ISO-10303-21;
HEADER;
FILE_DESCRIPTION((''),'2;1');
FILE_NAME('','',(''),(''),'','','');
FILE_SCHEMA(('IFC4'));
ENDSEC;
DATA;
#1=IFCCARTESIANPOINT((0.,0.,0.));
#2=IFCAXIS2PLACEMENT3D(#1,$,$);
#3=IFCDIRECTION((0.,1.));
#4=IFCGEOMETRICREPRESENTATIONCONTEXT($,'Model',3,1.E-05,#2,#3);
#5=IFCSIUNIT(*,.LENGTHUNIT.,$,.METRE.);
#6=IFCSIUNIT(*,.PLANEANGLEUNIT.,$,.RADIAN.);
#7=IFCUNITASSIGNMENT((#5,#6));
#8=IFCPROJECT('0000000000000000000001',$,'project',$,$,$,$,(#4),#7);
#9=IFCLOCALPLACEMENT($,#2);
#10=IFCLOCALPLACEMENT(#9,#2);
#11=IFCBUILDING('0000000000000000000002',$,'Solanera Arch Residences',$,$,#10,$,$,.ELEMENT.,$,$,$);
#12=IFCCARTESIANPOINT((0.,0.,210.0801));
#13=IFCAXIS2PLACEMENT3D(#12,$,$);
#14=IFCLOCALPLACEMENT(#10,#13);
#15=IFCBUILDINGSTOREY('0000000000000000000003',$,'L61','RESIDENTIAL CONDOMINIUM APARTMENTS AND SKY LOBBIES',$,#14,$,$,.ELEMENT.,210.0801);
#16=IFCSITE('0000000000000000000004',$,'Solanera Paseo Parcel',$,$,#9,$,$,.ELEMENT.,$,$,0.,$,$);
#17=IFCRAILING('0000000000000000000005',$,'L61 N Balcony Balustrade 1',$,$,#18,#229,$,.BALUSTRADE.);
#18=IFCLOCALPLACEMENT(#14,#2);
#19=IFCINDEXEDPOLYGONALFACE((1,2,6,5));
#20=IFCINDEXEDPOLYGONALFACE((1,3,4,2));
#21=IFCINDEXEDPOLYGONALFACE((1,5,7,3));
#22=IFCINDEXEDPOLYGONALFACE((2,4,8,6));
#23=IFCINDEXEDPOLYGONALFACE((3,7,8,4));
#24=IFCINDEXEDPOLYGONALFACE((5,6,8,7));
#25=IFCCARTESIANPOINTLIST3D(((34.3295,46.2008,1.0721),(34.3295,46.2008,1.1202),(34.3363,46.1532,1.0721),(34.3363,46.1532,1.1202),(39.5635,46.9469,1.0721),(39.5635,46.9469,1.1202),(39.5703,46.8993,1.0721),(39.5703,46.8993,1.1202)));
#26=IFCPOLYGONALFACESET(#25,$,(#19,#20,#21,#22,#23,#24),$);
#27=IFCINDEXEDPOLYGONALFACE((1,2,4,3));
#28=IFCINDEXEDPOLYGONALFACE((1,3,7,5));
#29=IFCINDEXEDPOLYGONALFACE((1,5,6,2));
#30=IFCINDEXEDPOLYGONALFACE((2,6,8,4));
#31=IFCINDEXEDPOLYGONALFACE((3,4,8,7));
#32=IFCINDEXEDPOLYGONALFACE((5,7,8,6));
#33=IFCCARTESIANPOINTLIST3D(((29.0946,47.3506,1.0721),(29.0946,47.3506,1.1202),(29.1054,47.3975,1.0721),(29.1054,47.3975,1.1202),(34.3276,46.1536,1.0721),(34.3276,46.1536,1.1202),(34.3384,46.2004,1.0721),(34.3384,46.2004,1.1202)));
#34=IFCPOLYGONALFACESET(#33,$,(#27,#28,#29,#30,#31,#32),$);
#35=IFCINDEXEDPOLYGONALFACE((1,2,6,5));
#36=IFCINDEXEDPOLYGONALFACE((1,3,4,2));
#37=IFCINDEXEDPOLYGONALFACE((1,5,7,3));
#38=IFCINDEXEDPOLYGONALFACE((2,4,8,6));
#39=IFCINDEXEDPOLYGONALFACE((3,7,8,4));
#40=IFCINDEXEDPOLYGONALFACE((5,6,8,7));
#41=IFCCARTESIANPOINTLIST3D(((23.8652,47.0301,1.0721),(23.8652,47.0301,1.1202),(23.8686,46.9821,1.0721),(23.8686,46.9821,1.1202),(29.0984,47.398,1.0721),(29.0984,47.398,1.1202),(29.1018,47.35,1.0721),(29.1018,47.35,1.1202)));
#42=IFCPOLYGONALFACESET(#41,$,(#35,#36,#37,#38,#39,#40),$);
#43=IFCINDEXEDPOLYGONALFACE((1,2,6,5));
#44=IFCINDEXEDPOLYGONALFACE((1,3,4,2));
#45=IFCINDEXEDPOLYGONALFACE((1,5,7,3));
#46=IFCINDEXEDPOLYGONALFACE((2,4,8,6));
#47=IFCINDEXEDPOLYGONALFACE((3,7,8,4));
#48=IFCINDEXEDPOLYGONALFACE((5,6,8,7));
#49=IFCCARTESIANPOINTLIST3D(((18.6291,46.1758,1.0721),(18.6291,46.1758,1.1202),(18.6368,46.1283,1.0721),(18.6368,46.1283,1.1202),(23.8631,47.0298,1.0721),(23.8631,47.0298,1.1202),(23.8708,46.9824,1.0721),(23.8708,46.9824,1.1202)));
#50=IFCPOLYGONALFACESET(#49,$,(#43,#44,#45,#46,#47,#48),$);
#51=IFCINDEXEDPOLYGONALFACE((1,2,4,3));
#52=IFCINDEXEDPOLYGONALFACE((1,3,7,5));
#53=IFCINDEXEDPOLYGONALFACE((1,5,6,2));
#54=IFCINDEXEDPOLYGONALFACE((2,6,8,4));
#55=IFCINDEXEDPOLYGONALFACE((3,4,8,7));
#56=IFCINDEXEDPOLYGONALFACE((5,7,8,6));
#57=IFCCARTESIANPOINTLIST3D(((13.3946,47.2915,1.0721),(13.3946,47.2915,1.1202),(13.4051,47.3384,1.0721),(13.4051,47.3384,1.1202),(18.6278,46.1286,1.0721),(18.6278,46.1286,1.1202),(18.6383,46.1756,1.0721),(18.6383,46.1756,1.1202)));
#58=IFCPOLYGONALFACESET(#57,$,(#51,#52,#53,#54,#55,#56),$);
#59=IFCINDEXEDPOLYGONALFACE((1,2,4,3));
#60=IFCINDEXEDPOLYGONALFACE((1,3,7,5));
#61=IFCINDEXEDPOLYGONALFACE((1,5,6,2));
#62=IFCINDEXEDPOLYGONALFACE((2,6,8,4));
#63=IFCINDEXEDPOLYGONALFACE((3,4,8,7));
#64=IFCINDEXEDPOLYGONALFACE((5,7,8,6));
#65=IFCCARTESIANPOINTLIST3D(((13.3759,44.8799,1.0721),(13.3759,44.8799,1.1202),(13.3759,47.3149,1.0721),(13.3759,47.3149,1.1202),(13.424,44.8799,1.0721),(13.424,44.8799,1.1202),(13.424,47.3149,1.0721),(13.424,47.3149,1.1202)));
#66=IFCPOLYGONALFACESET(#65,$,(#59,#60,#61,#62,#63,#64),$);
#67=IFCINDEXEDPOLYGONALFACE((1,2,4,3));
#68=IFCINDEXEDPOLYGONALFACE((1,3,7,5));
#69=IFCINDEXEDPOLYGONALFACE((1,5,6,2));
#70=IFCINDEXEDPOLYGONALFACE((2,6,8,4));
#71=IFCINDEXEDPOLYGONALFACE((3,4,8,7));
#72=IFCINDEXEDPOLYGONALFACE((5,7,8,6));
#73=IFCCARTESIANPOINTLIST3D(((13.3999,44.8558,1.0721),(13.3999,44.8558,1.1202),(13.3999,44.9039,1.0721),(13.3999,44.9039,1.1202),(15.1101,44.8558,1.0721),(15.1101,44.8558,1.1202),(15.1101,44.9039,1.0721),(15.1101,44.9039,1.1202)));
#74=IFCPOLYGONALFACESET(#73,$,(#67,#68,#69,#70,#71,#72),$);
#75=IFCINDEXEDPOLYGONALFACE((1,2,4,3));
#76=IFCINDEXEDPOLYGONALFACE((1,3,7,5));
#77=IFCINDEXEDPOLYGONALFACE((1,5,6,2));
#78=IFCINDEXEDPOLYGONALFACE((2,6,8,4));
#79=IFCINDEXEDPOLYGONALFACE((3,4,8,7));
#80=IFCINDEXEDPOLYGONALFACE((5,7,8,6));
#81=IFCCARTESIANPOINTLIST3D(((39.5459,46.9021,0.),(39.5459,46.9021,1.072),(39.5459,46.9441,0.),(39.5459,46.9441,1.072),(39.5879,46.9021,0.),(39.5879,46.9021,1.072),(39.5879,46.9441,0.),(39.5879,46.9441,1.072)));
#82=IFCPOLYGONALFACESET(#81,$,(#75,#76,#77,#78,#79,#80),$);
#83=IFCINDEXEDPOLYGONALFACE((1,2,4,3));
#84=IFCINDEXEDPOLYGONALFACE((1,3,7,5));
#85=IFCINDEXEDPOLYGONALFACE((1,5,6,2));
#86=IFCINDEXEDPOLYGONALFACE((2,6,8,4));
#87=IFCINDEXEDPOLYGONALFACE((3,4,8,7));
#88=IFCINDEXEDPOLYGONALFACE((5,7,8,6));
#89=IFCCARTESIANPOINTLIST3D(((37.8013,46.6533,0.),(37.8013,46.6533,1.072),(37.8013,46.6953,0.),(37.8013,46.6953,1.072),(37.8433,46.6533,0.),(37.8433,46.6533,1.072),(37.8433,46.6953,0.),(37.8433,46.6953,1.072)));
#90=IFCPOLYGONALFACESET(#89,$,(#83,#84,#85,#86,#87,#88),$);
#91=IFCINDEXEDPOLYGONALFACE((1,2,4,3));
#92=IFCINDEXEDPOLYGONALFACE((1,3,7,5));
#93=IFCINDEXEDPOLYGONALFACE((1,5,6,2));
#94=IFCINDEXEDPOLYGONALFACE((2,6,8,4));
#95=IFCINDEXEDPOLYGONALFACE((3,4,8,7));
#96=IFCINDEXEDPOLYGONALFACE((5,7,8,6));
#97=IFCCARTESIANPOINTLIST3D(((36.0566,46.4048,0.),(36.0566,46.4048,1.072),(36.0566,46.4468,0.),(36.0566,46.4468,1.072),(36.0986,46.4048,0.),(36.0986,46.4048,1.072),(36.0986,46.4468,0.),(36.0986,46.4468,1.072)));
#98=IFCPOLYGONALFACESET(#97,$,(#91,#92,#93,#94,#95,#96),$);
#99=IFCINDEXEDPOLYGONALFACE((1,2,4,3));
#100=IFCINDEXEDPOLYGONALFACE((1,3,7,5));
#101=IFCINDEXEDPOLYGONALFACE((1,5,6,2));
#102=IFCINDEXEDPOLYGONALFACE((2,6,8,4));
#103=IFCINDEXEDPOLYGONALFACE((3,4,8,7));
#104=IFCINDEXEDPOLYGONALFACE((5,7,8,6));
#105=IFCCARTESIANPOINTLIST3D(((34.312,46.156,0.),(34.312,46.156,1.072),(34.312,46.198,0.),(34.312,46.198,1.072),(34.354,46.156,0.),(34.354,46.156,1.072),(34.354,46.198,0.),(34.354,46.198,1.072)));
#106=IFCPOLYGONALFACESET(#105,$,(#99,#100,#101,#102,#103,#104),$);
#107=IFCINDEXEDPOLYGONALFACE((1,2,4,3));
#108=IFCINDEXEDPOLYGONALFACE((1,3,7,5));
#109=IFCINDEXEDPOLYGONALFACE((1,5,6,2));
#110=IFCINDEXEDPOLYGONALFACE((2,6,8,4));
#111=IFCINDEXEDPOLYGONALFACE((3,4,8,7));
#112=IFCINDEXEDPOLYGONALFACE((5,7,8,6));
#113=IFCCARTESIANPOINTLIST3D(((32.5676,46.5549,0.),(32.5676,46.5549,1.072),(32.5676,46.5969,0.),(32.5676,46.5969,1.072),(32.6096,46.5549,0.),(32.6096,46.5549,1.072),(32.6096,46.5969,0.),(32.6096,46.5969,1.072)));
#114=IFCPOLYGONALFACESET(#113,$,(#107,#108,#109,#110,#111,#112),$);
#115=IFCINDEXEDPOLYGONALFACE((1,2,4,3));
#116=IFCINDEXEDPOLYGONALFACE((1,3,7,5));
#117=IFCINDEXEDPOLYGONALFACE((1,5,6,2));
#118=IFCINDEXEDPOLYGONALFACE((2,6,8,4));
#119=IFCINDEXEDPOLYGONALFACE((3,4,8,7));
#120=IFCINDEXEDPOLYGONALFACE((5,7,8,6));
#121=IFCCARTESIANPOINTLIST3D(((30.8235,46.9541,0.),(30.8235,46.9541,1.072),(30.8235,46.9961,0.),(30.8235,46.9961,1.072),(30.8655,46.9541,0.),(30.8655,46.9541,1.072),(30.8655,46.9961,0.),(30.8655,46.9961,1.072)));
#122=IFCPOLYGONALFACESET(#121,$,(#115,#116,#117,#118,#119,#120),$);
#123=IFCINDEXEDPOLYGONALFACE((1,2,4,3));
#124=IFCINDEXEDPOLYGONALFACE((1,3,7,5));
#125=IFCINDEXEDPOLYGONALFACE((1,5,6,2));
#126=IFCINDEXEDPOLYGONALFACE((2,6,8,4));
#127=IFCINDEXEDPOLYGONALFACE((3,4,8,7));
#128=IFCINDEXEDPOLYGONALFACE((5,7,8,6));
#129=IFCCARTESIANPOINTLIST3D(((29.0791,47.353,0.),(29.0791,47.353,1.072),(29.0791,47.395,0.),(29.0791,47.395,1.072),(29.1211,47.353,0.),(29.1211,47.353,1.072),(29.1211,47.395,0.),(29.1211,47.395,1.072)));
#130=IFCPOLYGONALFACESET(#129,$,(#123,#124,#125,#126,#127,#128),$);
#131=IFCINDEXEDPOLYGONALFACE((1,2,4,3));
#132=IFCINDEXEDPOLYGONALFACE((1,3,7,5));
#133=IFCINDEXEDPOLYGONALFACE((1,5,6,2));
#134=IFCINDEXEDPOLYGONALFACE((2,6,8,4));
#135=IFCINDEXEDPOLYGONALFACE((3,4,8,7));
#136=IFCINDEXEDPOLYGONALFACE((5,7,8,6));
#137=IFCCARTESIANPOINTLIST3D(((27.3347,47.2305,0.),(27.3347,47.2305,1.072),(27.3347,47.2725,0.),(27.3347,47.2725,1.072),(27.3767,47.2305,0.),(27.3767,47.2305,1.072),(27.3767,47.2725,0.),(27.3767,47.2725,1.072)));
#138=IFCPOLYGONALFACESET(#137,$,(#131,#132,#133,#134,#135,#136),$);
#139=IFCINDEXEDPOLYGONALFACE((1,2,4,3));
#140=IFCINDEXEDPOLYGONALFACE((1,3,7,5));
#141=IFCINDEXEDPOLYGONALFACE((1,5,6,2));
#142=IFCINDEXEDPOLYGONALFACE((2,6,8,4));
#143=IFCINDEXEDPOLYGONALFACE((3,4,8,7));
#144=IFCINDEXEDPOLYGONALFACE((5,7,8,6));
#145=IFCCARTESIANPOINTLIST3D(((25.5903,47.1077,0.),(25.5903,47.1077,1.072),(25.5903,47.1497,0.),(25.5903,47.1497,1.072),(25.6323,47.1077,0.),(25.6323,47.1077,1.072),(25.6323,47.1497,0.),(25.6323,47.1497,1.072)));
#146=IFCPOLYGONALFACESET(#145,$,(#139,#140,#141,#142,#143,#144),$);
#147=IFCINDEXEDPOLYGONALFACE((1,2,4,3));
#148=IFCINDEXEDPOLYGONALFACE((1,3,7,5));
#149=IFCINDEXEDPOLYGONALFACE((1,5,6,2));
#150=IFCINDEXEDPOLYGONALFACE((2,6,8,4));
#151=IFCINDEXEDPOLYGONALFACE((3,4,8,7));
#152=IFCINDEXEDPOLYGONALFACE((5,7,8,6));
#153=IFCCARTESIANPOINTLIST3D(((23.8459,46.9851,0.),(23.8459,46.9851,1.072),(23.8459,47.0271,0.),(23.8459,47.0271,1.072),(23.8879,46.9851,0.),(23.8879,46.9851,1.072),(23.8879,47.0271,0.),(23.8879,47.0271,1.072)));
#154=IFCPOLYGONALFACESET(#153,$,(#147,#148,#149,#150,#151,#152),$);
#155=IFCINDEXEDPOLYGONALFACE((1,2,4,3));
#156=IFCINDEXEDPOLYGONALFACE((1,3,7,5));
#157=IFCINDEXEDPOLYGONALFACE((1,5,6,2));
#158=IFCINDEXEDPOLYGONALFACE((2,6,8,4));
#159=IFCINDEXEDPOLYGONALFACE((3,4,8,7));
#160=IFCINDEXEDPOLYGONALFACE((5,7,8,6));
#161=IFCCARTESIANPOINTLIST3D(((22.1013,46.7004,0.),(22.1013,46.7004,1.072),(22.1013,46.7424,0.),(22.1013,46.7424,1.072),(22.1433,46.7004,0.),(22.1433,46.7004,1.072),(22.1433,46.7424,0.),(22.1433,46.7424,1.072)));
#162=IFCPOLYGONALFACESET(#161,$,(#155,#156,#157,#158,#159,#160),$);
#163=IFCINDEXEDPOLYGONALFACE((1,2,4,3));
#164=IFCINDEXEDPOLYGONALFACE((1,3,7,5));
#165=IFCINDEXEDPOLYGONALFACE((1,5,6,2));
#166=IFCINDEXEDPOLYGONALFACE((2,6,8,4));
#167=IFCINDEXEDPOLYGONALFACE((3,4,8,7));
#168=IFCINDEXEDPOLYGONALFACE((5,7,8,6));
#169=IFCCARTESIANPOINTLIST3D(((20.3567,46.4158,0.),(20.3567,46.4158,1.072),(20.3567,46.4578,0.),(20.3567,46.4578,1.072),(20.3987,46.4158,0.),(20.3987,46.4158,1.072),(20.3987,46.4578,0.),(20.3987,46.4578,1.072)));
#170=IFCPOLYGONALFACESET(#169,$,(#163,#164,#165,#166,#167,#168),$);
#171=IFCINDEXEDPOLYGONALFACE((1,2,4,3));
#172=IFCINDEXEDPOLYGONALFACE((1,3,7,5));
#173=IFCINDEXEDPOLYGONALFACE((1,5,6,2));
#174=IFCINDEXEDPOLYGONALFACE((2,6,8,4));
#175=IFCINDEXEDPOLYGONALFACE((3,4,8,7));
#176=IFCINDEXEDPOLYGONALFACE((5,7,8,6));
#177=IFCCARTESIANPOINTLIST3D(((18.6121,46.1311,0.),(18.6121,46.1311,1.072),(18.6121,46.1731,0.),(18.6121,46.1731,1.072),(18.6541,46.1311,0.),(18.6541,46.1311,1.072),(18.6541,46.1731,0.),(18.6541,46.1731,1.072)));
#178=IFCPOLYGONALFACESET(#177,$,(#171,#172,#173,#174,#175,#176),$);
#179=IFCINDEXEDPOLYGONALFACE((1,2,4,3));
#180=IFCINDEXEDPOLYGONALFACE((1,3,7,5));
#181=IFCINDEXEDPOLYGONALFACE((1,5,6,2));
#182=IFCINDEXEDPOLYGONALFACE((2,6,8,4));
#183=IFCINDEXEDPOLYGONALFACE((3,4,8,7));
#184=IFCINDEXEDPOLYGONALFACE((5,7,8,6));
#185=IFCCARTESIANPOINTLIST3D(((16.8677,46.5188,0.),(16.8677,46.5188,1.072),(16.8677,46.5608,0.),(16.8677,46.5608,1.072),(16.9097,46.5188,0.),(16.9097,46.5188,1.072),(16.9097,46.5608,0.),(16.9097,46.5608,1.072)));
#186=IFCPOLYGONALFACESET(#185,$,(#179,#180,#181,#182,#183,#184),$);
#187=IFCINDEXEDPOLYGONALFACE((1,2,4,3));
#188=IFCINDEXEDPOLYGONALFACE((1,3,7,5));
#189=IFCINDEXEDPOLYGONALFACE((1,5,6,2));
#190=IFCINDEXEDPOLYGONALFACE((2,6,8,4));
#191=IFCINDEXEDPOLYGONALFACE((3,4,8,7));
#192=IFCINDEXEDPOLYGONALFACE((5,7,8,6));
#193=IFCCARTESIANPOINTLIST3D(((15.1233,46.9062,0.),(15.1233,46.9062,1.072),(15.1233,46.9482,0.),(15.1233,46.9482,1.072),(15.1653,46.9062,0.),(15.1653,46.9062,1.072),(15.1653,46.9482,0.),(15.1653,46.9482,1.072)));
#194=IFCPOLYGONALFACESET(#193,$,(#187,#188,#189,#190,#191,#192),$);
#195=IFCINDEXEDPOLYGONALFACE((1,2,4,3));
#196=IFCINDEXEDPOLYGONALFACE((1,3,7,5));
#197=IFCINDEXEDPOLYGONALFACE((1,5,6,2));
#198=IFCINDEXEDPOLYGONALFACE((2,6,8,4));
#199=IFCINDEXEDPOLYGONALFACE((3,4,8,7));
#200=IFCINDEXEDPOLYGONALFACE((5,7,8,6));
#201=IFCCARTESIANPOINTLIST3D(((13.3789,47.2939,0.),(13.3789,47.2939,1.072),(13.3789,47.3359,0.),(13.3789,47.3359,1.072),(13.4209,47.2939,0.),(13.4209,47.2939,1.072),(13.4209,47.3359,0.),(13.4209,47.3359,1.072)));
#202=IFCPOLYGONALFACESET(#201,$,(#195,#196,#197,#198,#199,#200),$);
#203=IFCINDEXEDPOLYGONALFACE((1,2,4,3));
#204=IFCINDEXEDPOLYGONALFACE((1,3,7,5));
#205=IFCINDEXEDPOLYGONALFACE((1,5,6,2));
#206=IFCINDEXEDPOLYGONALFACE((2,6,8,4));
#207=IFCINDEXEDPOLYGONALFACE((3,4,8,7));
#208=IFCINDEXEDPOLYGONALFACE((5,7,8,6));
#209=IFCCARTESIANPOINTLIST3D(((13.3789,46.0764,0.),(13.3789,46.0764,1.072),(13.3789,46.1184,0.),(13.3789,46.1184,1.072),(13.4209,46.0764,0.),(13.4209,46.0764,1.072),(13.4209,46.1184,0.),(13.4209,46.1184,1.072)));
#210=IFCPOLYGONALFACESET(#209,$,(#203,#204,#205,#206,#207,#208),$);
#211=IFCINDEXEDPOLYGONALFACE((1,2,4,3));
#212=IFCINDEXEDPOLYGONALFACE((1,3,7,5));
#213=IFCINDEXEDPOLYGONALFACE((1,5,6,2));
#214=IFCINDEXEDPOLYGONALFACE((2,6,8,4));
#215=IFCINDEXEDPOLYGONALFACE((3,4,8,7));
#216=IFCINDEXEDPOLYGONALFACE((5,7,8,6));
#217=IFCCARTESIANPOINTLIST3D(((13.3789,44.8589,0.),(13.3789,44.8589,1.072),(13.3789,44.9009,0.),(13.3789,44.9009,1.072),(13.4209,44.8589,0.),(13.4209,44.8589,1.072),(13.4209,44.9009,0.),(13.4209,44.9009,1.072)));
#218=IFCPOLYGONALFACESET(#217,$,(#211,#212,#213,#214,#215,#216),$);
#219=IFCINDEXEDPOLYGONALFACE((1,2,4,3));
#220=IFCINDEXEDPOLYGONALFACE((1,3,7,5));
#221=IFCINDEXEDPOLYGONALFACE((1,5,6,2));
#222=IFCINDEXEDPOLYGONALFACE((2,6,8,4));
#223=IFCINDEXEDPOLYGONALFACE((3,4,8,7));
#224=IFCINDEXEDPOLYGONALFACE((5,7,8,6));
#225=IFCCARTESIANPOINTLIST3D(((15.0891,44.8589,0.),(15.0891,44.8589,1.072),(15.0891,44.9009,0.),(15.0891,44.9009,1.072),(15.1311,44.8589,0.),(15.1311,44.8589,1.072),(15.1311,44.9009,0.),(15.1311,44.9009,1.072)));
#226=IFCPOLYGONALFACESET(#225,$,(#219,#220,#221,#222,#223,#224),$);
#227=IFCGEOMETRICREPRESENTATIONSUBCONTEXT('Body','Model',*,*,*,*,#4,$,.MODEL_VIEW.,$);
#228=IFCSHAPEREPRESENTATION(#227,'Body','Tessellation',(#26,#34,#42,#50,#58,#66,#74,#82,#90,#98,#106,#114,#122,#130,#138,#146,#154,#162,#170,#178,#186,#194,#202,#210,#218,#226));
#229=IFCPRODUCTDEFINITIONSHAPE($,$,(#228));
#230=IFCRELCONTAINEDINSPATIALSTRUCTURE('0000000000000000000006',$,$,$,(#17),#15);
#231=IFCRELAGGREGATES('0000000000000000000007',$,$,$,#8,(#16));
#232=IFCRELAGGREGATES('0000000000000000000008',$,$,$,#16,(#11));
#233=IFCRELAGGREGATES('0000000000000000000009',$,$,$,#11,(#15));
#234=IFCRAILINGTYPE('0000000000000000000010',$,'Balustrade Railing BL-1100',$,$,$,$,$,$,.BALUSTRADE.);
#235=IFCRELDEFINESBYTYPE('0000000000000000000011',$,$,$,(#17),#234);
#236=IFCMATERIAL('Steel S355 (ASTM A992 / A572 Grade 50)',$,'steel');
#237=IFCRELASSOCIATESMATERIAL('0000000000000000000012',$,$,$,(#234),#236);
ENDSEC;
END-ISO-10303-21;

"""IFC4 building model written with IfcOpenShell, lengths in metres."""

from ifc_helpers import new_model, si_unit, direction, frame, origin, origin_2d, place, context, subcontext, project, spatial, rectangle, extrude, material, type_object, element, save


model = new_model("IFC4")

# Units and contexts
model_context = context("Model", 3, precision=1e-05, world=origin(), true_north=direction((0.0, 1.0)))
body_context = subcontext(model_context, "Body", "Model", "MODEL_VIEW")
ifc_project = project(units=[si_unit("LENGTHUNIT", "METRE"), si_unit("PLANEANGLEUNIT", "RADIAN")], contexts=[model_context])

# Site, building, storey
site_placement = place(None, origin())
site = spatial("IfcSite", under=ifc_project, at=site_placement, Name="Solanera Paseo Parcel", CompositionType="ELEMENT", RefElevation=0.0)
building_placement = place(site_placement, origin())
building = spatial("IfcBuilding", under=site, at=building_placement, Name="Solanera Arch Residences", CompositionType="ELEMENT")
storey_placement = place(building_placement, frame((0.0, 0.0, 210.0801)))
storey = spatial("IfcBuildingStorey", under=building, at=storey_placement, Name="L61", Description="RESIDENTIAL CONDOMINIUM APARTMENTS AND SKY LOBBIES", CompositionType="ELEMENT", Elevation=210.0801)

# Railing
ifc_material_1 = material(Name="Steel S355 (ASTM A992 / A572 Grade 50)", Category="steel")
railing_type = type_object("IfcRailingType", Name="Balustrade Railing BL-1100", PredefinedType="BALUSTRADE", material=ifc_material_1)
railing_placement = place(storey_placement, frame((39.5669, 46.9231, 0.0)))
element("IfcRailing", 1, at=railing_placement, inside=storey, type_object=railing_type, Name="L61 N Balcony Balustrade 1", PredefinedType="BALUSTRADE", context=body_context, shape_type="SweptSolid", body=[
    extrude(rectangle(XDim=0.0481, YDim=0.0481, at=origin_2d()), frame((0.0, 0.0, 1.0962), z_axis=(-0.989992, -0.141124, 0.0), x_axis=(0.141124, -0.989992, 0.0)), (0.0, 0.0, 1.0), 5.2869),
    extrude(rectangle(XDim=0.0481, YDim=0.0481, at=origin_2d()), frame((-5.2339, -0.7461, 1.0962), z_axis=(-0.974821, 0.222989, 0.0), x_axis=(-0.222989, -0.974821, 0.0)), (0.0, 0.0, 1.0), 5.3682),
    extrude(rectangle(XDim=0.0481, YDim=0.0481, at=origin_2d()), frame((-10.4668, 0.4509, 1.0962), z_axis=(-0.997538, -0.070132, 0.0), x_axis=(0.070132, -0.997538, 0.0)), (0.0, 0.0, 1.0), 5.2461),
    extrude(rectangle(XDim=0.0481, YDim=0.0481, at=origin_2d()), frame((-15.7, 0.083, 1.0962), z_axis=(-0.986948, -0.161039, 0.0), x_axis=(0.161039, -0.986948, 0.0)), (0.0, 0.0, 1.0), 5.3032),
    extrude(rectangle(XDim=0.0481, YDim=0.0481, at=origin_2d()), frame((-20.9338, -0.771, 1.0962), z_axis=(-0.97619, 0.216916, 0.0), x_axis=(-0.216916, -0.97619, 0.0)), (0.0, 0.0, 1.0), 5.3608),
    extrude(rectangle(XDim=0.0481, YDim=0.0481, at=origin_2d()), frame((-26.167, 0.3918, 1.0962), z_axis=(0.0, -1.0, 0.0), x_axis=(1.0, 0.0, 0.0)), (0.0, 0.0, 1.0), 2.4351),
    extrude(rectangle(XDim=0.0481, YDim=0.0481, at=origin_2d()), frame((-26.167, -2.0432, 1.0962), z_axis=(1.0, 0.0, 0.0), x_axis=(0.0, 1.0, 0.0)), (0.0, 0.0, 1.0), 1.7102),
    extrude(rectangle(XDim=0.042, YDim=0.042, at=origin_2d()), origin(), (0.0, 0.0, 1.0), 1.072),
    extrude(rectangle(XDim=0.042, YDim=0.042, at=origin_2d()), frame((-1.7446, -0.2488, 0.0)), (0.0, 0.0, 1.0), 1.072),
    extrude(rectangle(XDim=0.042, YDim=0.042, at=origin_2d()), frame((-3.4893, -0.4973, 0.0)), (0.0, 0.0, 1.0), 1.072),
    extrude(rectangle(XDim=0.042, YDim=0.042, at=origin_2d()), frame((-5.2339, -0.7461, 0.0)), (0.0, 0.0, 1.0), 1.072),
    extrude(rectangle(XDim=0.042, YDim=0.042, at=origin_2d()), frame((-6.9783, -0.3472, 0.0)), (0.0, 0.0, 1.0), 1.072),
    extrude(rectangle(XDim=0.042, YDim=0.042, at=origin_2d()), frame((-8.7224, 0.052, 0.0)), (0.0, 0.0, 1.0), 1.072),
    extrude(rectangle(XDim=0.042, YDim=0.042, at=origin_2d()), frame((-10.4668, 0.4509, 0.0)), (0.0, 0.0, 1.0), 1.072),
    extrude(rectangle(XDim=0.042, YDim=0.042, at=origin_2d()), frame((-12.2112, 0.3284, 0.0)), (0.0, 0.0, 1.0), 1.072),
    extrude(rectangle(XDim=0.042, YDim=0.042, at=origin_2d()), frame((-13.9556, 0.2056, 0.0)), (0.0, 0.0, 1.0), 1.072),
    extrude(rectangle(XDim=0.042, YDim=0.042, at=origin_2d()), frame((-15.7, 0.083, 0.0)), (0.0, 0.0, 1.0), 1.072),
    extrude(rectangle(XDim=0.042, YDim=0.042, at=origin_2d()), frame((-17.4446, -0.2017, 0.0)), (0.0, 0.0, 1.0), 1.072),
    extrude(rectangle(XDim=0.042, YDim=0.042, at=origin_2d()), frame((-19.1892, -0.4863, 0.0)), (0.0, 0.0, 1.0), 1.072),
    extrude(rectangle(XDim=0.042, YDim=0.042, at=origin_2d()), frame((-20.9338, -0.771, 0.0)), (0.0, 0.0, 1.0), 1.072),
    extrude(rectangle(XDim=0.042, YDim=0.042, at=origin_2d()), frame((-22.6782, -0.3833, 0.0)), (0.0, 0.0, 1.0), 1.072),
    extrude(rectangle(XDim=0.042, YDim=0.042, at=origin_2d()), frame((-24.4226, 0.0042, 0.0)), (0.0, 0.0, 1.0), 1.072),
    extrude(rectangle(XDim=0.042, YDim=0.042, at=origin_2d()), frame((-26.167, 0.3918, 0.0)), (0.0, 0.0, 1.0), 1.072),
    extrude(rectangle(XDim=0.042, YDim=0.042, at=origin_2d()), frame((-26.167, -0.8257, 0.0)), (0.0, 0.0, 1.0), 1.072),
    extrude(rectangle(XDim=0.042, YDim=0.042, at=origin_2d()), frame((-26.167, -2.0432, 0.0)), (0.0, 0.0, 1.0), 1.072),
    extrude(rectangle(XDim=0.042, YDim=0.042, at=origin_2d()), frame((-24.4568, -2.0432, 0.0)), (0.0, 0.0, 1.0), 1.072),
])

save(model, "model.ifc")
